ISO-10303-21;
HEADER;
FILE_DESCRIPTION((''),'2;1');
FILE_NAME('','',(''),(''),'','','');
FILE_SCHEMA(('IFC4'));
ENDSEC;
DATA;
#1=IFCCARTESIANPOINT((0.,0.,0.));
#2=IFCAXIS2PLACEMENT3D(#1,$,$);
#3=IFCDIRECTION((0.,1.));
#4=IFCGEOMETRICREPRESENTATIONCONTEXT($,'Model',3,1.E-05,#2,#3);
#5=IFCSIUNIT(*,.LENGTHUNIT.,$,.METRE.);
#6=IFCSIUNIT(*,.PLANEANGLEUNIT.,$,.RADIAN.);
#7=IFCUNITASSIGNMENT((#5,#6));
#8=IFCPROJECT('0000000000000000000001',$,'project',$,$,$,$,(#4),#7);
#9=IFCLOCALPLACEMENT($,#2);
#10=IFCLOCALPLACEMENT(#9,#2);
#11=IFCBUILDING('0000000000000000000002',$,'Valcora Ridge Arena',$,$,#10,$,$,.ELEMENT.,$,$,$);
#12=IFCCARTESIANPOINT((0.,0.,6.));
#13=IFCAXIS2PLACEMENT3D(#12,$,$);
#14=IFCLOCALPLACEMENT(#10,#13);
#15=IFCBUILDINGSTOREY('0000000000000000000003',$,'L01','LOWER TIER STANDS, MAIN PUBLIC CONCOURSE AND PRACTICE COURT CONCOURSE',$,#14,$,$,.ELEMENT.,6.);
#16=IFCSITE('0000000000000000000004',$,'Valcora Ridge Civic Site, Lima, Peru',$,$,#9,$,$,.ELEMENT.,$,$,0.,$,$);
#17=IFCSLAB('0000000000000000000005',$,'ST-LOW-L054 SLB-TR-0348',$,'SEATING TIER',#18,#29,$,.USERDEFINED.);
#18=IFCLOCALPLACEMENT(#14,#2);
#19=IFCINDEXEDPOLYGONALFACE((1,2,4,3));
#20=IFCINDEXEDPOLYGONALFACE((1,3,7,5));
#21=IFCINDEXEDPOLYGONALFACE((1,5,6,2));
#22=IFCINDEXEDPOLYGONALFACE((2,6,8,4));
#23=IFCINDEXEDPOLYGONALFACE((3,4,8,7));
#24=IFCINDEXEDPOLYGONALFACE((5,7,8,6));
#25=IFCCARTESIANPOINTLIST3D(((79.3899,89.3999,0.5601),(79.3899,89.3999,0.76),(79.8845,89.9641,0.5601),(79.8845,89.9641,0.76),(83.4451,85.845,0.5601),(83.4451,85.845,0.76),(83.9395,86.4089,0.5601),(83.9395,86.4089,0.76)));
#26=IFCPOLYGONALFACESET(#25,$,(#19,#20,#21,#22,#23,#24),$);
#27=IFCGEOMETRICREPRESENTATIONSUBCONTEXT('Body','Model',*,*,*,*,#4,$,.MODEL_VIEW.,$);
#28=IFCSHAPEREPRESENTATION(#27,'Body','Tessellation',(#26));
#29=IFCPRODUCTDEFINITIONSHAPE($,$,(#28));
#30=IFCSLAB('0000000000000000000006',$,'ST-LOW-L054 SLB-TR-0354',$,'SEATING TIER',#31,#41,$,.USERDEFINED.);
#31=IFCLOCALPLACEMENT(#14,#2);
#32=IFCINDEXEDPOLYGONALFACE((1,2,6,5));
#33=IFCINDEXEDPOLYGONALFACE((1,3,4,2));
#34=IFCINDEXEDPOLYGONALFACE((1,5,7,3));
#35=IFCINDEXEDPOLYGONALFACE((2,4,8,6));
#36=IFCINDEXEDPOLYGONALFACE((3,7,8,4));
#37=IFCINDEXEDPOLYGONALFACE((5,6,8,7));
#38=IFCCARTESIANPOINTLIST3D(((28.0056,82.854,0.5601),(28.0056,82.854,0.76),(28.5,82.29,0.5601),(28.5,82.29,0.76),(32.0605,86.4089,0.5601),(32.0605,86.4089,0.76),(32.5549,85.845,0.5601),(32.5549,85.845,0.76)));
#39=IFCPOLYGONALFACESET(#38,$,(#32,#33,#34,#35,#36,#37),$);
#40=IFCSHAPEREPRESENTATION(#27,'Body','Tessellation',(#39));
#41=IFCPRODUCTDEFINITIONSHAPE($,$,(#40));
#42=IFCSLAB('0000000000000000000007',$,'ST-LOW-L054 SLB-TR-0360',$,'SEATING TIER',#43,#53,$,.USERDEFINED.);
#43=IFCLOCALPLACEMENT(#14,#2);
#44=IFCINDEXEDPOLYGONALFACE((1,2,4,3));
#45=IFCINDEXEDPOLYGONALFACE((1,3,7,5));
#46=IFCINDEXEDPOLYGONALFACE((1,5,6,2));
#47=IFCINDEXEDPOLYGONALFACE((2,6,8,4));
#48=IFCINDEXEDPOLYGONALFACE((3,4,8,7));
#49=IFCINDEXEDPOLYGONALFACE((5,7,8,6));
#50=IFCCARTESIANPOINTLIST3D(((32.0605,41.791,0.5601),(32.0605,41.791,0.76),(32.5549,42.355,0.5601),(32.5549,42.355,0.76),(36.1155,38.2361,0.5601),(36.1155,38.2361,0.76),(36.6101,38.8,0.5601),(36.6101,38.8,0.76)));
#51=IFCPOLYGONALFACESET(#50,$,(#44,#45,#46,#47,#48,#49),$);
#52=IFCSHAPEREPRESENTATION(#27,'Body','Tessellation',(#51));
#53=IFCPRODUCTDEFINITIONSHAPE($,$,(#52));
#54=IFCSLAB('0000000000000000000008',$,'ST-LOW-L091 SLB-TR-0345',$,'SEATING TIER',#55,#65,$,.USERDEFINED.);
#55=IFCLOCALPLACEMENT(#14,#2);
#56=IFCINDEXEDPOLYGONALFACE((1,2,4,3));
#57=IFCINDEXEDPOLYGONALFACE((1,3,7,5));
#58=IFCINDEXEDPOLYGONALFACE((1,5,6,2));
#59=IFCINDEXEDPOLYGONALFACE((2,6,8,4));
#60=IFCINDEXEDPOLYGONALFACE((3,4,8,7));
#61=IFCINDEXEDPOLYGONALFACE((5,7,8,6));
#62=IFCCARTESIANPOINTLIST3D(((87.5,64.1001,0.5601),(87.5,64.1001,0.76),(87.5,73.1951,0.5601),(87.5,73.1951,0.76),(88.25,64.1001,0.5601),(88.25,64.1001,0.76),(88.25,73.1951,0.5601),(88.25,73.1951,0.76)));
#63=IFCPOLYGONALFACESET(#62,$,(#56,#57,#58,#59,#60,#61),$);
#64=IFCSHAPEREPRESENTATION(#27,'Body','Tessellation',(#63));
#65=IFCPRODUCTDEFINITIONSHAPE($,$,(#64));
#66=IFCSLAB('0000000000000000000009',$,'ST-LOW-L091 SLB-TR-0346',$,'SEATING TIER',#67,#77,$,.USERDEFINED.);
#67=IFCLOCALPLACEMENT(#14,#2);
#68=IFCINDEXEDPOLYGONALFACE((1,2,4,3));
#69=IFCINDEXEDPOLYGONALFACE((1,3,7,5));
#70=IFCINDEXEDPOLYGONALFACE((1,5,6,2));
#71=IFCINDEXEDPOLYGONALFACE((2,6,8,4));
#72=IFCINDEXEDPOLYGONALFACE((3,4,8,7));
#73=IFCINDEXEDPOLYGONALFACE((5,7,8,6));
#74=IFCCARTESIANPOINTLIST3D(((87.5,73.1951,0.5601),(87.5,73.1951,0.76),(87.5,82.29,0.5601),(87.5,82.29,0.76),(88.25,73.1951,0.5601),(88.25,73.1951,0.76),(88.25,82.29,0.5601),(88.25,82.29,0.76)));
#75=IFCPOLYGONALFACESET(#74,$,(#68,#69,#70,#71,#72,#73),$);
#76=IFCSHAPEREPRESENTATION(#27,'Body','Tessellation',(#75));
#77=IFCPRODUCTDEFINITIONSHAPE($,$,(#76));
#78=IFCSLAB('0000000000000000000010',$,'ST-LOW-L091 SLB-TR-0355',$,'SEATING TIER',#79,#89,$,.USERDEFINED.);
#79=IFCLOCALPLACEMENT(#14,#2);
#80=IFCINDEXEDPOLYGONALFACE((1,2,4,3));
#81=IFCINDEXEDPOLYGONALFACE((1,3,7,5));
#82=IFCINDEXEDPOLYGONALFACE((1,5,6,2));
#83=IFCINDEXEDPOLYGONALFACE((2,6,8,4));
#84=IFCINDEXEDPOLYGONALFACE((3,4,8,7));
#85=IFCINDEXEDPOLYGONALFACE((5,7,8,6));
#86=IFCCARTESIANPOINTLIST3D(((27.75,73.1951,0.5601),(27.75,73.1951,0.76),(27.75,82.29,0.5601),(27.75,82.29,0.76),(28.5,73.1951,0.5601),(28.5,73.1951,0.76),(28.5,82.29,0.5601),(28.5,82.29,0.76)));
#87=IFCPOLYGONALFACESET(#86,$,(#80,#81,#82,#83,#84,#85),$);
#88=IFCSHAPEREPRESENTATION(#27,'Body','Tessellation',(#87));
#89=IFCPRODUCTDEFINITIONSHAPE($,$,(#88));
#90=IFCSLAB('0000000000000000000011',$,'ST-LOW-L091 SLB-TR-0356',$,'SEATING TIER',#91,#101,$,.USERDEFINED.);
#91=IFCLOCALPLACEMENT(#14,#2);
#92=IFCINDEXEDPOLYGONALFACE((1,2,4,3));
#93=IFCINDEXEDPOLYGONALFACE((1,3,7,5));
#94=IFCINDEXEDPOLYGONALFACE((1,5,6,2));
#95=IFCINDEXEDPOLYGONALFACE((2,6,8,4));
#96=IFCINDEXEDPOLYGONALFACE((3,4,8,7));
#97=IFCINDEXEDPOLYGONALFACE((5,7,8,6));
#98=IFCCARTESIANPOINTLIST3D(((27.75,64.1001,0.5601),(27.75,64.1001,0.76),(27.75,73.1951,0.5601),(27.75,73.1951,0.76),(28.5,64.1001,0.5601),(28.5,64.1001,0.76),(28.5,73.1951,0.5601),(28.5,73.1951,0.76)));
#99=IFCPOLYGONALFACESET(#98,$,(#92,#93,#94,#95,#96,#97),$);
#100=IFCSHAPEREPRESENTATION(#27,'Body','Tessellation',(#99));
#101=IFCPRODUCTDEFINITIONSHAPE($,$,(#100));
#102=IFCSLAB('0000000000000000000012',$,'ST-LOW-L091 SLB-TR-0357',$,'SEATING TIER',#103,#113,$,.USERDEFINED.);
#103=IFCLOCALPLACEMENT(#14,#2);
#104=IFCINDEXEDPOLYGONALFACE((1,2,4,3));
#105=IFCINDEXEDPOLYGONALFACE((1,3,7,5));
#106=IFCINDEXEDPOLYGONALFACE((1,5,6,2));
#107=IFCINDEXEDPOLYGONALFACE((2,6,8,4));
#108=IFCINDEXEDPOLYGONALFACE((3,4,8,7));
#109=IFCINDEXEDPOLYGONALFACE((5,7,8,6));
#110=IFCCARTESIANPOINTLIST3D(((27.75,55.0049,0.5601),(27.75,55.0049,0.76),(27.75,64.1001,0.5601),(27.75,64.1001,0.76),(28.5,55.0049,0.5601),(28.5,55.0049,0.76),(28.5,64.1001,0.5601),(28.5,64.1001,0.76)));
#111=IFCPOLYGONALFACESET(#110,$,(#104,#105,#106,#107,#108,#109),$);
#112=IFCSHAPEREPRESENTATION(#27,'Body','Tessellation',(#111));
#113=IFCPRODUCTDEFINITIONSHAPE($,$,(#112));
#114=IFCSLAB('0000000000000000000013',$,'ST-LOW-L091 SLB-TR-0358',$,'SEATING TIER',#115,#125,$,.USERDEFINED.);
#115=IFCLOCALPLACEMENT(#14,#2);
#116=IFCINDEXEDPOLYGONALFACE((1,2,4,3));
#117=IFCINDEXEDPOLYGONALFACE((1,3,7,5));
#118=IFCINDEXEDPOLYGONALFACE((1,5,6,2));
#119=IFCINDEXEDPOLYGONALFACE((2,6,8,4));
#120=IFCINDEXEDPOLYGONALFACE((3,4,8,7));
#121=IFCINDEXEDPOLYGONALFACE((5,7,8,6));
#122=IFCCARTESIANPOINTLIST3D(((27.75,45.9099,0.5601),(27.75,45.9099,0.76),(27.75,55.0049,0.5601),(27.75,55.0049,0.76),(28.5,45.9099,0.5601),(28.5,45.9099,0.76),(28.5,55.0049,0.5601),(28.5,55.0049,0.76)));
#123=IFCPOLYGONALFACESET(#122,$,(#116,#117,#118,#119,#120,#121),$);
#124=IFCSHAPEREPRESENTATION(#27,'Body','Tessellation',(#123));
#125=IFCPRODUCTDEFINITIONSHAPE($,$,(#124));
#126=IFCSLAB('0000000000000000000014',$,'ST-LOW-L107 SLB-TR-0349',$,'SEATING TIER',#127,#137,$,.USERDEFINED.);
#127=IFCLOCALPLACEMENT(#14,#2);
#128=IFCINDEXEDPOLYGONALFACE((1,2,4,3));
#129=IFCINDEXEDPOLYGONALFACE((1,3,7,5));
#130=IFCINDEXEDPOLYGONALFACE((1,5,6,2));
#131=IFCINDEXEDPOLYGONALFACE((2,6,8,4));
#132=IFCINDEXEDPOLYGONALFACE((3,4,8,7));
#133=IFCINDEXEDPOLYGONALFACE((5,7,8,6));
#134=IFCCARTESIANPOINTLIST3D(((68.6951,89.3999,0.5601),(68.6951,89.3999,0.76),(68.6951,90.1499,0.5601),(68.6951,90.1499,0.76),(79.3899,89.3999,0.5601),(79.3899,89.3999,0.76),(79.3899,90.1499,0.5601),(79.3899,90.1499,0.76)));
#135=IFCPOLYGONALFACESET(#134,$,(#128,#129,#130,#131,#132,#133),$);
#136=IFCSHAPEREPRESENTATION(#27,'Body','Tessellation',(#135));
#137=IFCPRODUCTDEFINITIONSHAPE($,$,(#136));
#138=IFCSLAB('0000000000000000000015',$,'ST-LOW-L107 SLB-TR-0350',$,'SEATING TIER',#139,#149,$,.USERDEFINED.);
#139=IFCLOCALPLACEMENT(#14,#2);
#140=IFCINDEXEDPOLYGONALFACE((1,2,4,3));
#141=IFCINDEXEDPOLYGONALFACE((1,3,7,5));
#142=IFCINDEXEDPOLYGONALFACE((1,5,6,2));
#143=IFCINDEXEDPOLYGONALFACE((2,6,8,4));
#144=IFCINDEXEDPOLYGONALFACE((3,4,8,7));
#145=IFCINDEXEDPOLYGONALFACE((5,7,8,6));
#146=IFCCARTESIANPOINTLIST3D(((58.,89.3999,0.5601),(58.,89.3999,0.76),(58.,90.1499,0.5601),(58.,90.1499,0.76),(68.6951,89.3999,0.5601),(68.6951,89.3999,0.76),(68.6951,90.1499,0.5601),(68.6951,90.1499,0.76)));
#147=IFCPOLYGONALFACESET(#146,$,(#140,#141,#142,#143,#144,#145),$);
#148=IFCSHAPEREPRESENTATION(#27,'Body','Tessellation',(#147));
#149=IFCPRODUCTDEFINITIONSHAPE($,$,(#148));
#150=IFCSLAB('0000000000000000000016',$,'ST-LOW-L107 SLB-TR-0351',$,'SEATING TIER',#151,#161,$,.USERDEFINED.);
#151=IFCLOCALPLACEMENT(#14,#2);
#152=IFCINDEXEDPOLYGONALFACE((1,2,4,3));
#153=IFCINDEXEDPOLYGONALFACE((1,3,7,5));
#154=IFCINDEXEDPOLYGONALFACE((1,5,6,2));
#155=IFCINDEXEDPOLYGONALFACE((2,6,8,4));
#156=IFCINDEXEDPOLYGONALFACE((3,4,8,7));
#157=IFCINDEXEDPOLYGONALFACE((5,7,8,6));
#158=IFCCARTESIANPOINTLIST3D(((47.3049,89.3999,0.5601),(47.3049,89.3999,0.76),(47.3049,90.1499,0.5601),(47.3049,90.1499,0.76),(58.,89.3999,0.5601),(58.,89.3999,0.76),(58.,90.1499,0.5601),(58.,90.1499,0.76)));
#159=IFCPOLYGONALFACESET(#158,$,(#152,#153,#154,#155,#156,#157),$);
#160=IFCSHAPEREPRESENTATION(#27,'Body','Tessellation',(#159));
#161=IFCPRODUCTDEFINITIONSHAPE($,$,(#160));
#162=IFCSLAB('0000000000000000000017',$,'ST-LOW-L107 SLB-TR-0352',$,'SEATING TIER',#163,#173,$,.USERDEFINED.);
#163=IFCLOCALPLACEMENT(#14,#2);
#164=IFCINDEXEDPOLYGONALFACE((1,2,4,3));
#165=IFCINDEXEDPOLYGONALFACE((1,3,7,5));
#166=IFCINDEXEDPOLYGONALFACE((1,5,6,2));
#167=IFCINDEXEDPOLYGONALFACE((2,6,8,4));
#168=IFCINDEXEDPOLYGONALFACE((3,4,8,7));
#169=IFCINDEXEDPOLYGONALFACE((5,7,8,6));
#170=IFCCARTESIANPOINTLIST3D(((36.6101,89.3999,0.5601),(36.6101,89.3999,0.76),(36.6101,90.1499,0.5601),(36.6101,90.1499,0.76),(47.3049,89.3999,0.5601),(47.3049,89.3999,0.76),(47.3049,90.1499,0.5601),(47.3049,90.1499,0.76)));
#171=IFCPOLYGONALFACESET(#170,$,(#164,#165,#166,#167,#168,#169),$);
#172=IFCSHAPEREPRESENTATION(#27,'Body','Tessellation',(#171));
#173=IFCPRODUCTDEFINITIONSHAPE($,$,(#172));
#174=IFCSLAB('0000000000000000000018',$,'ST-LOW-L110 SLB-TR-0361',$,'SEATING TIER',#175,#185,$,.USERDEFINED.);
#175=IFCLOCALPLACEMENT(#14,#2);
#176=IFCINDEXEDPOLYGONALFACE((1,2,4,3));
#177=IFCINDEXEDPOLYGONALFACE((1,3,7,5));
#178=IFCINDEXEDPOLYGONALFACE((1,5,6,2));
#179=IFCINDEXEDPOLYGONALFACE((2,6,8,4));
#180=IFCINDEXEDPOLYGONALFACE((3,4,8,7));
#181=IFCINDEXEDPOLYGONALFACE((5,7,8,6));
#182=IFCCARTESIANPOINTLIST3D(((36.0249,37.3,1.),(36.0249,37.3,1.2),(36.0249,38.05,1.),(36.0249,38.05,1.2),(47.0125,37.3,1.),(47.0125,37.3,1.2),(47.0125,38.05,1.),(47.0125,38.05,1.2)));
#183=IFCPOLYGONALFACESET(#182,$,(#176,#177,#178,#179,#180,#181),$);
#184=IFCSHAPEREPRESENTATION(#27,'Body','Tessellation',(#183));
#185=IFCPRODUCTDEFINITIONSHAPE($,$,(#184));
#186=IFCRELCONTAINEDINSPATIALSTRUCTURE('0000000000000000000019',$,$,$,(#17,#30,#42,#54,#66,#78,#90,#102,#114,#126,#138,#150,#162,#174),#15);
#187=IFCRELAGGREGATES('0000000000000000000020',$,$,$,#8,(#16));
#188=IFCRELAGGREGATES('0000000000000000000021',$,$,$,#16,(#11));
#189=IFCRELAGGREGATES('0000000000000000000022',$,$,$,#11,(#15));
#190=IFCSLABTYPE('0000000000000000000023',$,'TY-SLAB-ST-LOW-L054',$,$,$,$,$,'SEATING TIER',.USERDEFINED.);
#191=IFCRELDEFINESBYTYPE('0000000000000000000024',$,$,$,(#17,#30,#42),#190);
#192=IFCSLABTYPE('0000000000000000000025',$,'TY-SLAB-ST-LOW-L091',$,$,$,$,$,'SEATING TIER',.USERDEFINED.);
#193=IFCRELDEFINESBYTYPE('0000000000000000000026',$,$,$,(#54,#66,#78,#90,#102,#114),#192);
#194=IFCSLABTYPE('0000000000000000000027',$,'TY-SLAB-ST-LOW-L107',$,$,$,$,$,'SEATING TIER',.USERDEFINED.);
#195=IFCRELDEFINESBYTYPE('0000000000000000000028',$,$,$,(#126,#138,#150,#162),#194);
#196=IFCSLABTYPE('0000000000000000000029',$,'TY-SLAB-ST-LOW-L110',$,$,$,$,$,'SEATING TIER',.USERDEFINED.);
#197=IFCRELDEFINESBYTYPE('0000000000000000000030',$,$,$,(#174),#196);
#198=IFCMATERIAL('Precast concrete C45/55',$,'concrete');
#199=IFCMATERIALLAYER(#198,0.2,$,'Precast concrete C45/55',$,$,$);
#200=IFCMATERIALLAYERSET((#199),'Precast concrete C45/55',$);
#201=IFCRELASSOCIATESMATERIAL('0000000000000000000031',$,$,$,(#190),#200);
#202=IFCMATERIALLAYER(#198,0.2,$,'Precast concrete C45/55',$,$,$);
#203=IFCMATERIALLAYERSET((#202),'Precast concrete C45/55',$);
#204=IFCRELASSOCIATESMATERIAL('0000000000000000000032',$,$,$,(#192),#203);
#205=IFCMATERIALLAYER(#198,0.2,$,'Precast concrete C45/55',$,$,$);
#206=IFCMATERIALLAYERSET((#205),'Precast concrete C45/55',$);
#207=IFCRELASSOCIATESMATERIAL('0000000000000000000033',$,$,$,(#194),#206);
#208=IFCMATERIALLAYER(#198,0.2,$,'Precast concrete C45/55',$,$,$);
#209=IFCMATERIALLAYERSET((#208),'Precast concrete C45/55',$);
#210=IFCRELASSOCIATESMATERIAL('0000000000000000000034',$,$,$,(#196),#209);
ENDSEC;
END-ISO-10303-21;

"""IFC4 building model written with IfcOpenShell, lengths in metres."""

from ifc_helpers import new_model, si_unit, direction, frame, origin, place, context, subcontext, project, spatial, polyline, outline, extrude, material, layer, layer_set, type_object, element, save


model = new_model("IFC4")

# Units and contexts
model_context = context("Model", 3, precision=1e-05, world=origin(), true_north=direction((0.0, 1.0)))
body_context = subcontext(model_context, "Body", "Model", "MODEL_VIEW")
ifc_project = project(units=[si_unit("LENGTHUNIT", "METRE"), si_unit("PLANEANGLEUNIT", "RADIAN")], contexts=[model_context])

# Site, building, storey
site_placement = place(None, origin())
site = spatial("IfcSite", under=ifc_project, at=site_placement, Name="Valcora Ridge Civic Site, Lima, Peru", CompositionType="ELEMENT", RefElevation=0.0)
building_placement = place(site_placement, origin())
building = spatial("IfcBuilding", under=site, at=building_placement, Name="Valcora Ridge Arena", CompositionType="ELEMENT")
storey_placement = place(building_placement, frame((0.0, 0.0, 6.0)))
storey = spatial("IfcBuildingStorey", under=building, at=storey_placement, Name="L01", Description="LOWER TIER STANDS, MAIN PUBLIC CONCOURSE AND PRACTICE COURT CONCOURSE", CompositionType="ELEMENT", Elevation=6.0)

# Slabs
ifc_material = material(Name="Precast concrete C45/55", Category="concrete")
ifc_layer_1 = layer(ifc_material, 0.2, Name="Precast concrete C45/55")
ifc_layer_set_1 = layer_set([ifc_layer_1], Name="Precast concrete C45/55")
slab_type_1 = type_object("IfcSlabType", Name="TY-SLAB-ST-LOW-L054", ElementType="SEATING TIER", PredefinedType="USERDEFINED", material=ifc_layer_set_1)
slab_1_placement = place(storey_placement, frame((0.0, 0.0, 0.5601)))
element("IfcSlab", 1, at=slab_1_placement, inside=storey, type_object=slab_type_1, Name="ST-LOW-L054 SLB-TR-0348", ObjectType="SEATING TIER", PredefinedType="USERDEFINED", context=body_context, shape_type="SweptSolid", body=[
    extrude(outline(polyline([(83.4451, 85.845), (79.3899, 89.3999), (79.8845, 89.9641), (83.9395, 86.4089), (83.4451, 85.845)])), origin(), (0.0, 0.0, 1.0), 0.2),
])
slab_2_placement = place(storey_placement, frame((0.0, 0.0, 0.5601)))
element("IfcSlab", 2, at=slab_2_placement, inside=storey, type_object=slab_type_1, Name="ST-LOW-L054 SLB-TR-0354", ObjectType="SEATING TIER", PredefinedType="USERDEFINED", context=body_context, shape_type="SweptSolid", body=[
    extrude(outline(polyline([(32.5549, 85.845), (28.5, 82.29), (28.0056, 82.854), (32.0605, 86.4089), (32.5549, 85.845)])), origin(), (0.0, 0.0, 1.0), 0.2),
])
slab_3_placement = place(storey_placement, frame((0.0, 0.0, 0.5601)))
element("IfcSlab", 3, at=slab_3_placement, inside=storey, type_object=slab_type_1, Name="ST-LOW-L054 SLB-TR-0360", ObjectType="SEATING TIER", PredefinedType="USERDEFINED", context=body_context, shape_type="SweptSolid", body=[
    extrude(outline(polyline([(32.5549, 42.355), (36.6101, 38.8), (36.1155, 38.2361), (32.0605, 41.791), (32.5549, 42.355)])), origin(), (0.0, 0.0, 1.0), 0.2),
])
ifc_layer_2 = layer(ifc_material, 0.2, Name="Precast concrete C45/55")
ifc_layer_set_2 = layer_set([ifc_layer_2], Name="Precast concrete C45/55")
slab_type_2 = type_object("IfcSlabType", Name="TY-SLAB-ST-LOW-L091", ElementType="SEATING TIER", PredefinedType="USERDEFINED", material=ifc_layer_set_2)
slab_4_placement = place(storey_placement, frame((0.0, 0.0, 0.5601)))
element("IfcSlab", 4, at=slab_4_placement, inside=storey, type_object=slab_type_2, Name="ST-LOW-L091 SLB-TR-0345", ObjectType="SEATING TIER", PredefinedType="USERDEFINED", context=body_context, shape_type="SweptSolid", body=[
    extrude(outline(polyline([(87.5, 64.1001), (87.5, 73.1951), (88.25, 73.1951), (88.25, 64.1001), (87.5, 64.1001)])), origin(), (0.0, 0.0, 1.0), 0.2),
])
slab_5_placement = place(storey_placement, frame((0.0, 0.0, 0.5601)))
element("IfcSlab", 5, at=slab_5_placement, inside=storey, type_object=slab_type_2, Name="ST-LOW-L091 SLB-TR-0346", ObjectType="SEATING TIER", PredefinedType="USERDEFINED", context=body_context, shape_type="SweptSolid", body=[
    extrude(outline(polyline([(87.5, 73.1951), (87.5, 82.29), (88.25, 82.29), (88.25, 73.1951), (87.5, 73.1951)])), origin(), (0.0, 0.0, 1.0), 0.2),
])
slab_6_placement = place(storey_placement, frame((0.0, 0.0, 0.5601)))
element("IfcSlab", 6, at=slab_6_placement, inside=storey, type_object=slab_type_2, Name="ST-LOW-L091 SLB-TR-0355", ObjectType="SEATING TIER", PredefinedType="USERDEFINED", context=body_context, shape_type="SweptSolid", body=[
    extrude(outline(polyline([(28.5, 82.29), (28.5, 73.1951), (27.75, 73.1951), (27.75, 82.29), (28.5, 82.29)])), origin(), (0.0, 0.0, 1.0), 0.2),
])
slab_7_placement = place(storey_placement, frame((0.0, 0.0, 0.5601)))
element("IfcSlab", 7, at=slab_7_placement, inside=storey, type_object=slab_type_2, Name="ST-LOW-L091 SLB-TR-0356", ObjectType="SEATING TIER", PredefinedType="USERDEFINED", context=body_context, shape_type="SweptSolid", body=[
    extrude(outline(polyline([(28.5, 73.1951), (28.5, 64.1001), (27.75, 64.1001), (27.75, 73.1951), (28.5, 73.1951)])), origin(), (0.0, 0.0, 1.0), 0.2),
])
slab_8_placement = place(storey_placement, frame((0.0, 0.0, 0.5601)))
element("IfcSlab", 8, at=slab_8_placement, inside=storey, type_object=slab_type_2, Name="ST-LOW-L091 SLB-TR-0357", ObjectType="SEATING TIER", PredefinedType="USERDEFINED", context=body_context, shape_type="SweptSolid", body=[
    extrude(outline(polyline([(28.5, 64.1001), (28.5, 55.0049), (27.75, 55.0049), (27.75, 64.1001), (28.5, 64.1001)])), origin(), (0.0, 0.0, 1.0), 0.2),
])
slab_9_placement = place(storey_placement, frame((0.0, 0.0, 0.5601)))
element("IfcSlab", 9, at=slab_9_placement, inside=storey, type_object=slab_type_2, Name="ST-LOW-L091 SLB-TR-0358", ObjectType="SEATING TIER", PredefinedType="USERDEFINED", context=body_context, shape_type="SweptSolid", body=[
    extrude(outline(polyline([(28.5, 55.0049), (28.5, 45.9099), (27.75, 45.9099), (27.75, 55.0049), (28.5, 55.0049)])), origin(), (0.0, 0.0, 1.0), 0.2),
])
ifc_layer_3 = layer(ifc_material, 0.2, Name="Precast concrete C45/55")
ifc_layer_set_3 = layer_set([ifc_layer_3], Name="Precast concrete C45/55")
slab_type_3 = type_object("IfcSlabType", Name="TY-SLAB-ST-LOW-L107", ElementType="SEATING TIER", PredefinedType="USERDEFINED", material=ifc_layer_set_3)
slab_10_placement = place(storey_placement, frame((0.0, 0.0, 0.5601)))
element("IfcSlab", 10, at=slab_10_placement, inside=storey, type_object=slab_type_3, Name="ST-LOW-L107 SLB-TR-0349", ObjectType="SEATING TIER", PredefinedType="USERDEFINED", context=body_context, shape_type="SweptSolid", body=[
    extrude(outline(polyline([(79.3899, 89.3999), (68.6951, 89.3999), (68.6951, 90.1499), (79.3899, 90.1499), (79.3899, 89.3999)])), origin(), (0.0, 0.0, 1.0), 0.2),
])
slab_11_placement = place(storey_placement, frame((0.0, 0.0, 0.5601)))
element("IfcSlab", 11, at=slab_11_placement, inside=storey, type_object=slab_type_3, Name="ST-LOW-L107 SLB-TR-0350", ObjectType="SEATING TIER", PredefinedType="USERDEFINED", context=body_context, shape_type="SweptSolid", body=[
    extrude(outline(polyline([(68.6951, 89.3999), (58.0, 89.3999), (58.0, 90.1499), (68.6951, 90.1499), (68.6951, 89.3999)])), origin(), (0.0, 0.0, 1.0), 0.2),
])
slab_12_placement = place(storey_placement, frame((0.0, 0.0, 0.5601)))
element("IfcSlab", 12, at=slab_12_placement, inside=storey, type_object=slab_type_3, Name="ST-LOW-L107 SLB-TR-0351", ObjectType="SEATING TIER", PredefinedType="USERDEFINED", context=body_context, shape_type="SweptSolid", body=[
    extrude(outline(polyline([(58.0, 89.3999), (47.3049, 89.3999), (47.3049, 90.1499), (58.0, 90.1499), (58.0, 89.3999)])), origin(), (0.0, 0.0, 1.0), 0.2),
])
slab_13_placement = place(storey_placement, frame((0.0, 0.0, 0.5601)))
element("IfcSlab", 13, at=slab_13_placement, inside=storey, type_object=slab_type_3, Name="ST-LOW-L107 SLB-TR-0352", ObjectType="SEATING TIER", PredefinedType="USERDEFINED", context=body_context, shape_type="SweptSolid", body=[
    extrude(outline(polyline([(47.3049, 89.3999), (36.6101, 89.3999), (36.6101, 90.1499), (47.3049, 90.1499), (47.3049, 89.3999)])), origin(), (0.0, 0.0, 1.0), 0.2),
])
ifc_layer_4 = layer(ifc_material, 0.2, Name="Precast concrete C45/55")
ifc_layer_set_4 = layer_set([ifc_layer_4], Name="Precast concrete C45/55")
slab_type_4 = type_object("IfcSlabType", Name="TY-SLAB-ST-LOW-L110", ElementType="SEATING TIER", PredefinedType="USERDEFINED", material=ifc_layer_set_4)
slab_14_placement = place(storey_placement, frame((0.0, 0.0, 1.0)))
element("IfcSlab", 14, at=slab_14_placement, inside=storey, type_object=slab_type_4, Name="ST-LOW-L110 SLB-TR-0361", ObjectType="SEATING TIER", PredefinedType="USERDEFINED", context=body_context, shape_type="SweptSolid", body=[
    extrude(outline(polyline([(36.0249, 38.05), (47.0125, 38.05), (47.0125, 37.3), (36.0249, 37.3), (36.0249, 38.05)])), origin(), (0.0, 0.0, 1.0), 0.2),
])

save(model, "model.ifc")
